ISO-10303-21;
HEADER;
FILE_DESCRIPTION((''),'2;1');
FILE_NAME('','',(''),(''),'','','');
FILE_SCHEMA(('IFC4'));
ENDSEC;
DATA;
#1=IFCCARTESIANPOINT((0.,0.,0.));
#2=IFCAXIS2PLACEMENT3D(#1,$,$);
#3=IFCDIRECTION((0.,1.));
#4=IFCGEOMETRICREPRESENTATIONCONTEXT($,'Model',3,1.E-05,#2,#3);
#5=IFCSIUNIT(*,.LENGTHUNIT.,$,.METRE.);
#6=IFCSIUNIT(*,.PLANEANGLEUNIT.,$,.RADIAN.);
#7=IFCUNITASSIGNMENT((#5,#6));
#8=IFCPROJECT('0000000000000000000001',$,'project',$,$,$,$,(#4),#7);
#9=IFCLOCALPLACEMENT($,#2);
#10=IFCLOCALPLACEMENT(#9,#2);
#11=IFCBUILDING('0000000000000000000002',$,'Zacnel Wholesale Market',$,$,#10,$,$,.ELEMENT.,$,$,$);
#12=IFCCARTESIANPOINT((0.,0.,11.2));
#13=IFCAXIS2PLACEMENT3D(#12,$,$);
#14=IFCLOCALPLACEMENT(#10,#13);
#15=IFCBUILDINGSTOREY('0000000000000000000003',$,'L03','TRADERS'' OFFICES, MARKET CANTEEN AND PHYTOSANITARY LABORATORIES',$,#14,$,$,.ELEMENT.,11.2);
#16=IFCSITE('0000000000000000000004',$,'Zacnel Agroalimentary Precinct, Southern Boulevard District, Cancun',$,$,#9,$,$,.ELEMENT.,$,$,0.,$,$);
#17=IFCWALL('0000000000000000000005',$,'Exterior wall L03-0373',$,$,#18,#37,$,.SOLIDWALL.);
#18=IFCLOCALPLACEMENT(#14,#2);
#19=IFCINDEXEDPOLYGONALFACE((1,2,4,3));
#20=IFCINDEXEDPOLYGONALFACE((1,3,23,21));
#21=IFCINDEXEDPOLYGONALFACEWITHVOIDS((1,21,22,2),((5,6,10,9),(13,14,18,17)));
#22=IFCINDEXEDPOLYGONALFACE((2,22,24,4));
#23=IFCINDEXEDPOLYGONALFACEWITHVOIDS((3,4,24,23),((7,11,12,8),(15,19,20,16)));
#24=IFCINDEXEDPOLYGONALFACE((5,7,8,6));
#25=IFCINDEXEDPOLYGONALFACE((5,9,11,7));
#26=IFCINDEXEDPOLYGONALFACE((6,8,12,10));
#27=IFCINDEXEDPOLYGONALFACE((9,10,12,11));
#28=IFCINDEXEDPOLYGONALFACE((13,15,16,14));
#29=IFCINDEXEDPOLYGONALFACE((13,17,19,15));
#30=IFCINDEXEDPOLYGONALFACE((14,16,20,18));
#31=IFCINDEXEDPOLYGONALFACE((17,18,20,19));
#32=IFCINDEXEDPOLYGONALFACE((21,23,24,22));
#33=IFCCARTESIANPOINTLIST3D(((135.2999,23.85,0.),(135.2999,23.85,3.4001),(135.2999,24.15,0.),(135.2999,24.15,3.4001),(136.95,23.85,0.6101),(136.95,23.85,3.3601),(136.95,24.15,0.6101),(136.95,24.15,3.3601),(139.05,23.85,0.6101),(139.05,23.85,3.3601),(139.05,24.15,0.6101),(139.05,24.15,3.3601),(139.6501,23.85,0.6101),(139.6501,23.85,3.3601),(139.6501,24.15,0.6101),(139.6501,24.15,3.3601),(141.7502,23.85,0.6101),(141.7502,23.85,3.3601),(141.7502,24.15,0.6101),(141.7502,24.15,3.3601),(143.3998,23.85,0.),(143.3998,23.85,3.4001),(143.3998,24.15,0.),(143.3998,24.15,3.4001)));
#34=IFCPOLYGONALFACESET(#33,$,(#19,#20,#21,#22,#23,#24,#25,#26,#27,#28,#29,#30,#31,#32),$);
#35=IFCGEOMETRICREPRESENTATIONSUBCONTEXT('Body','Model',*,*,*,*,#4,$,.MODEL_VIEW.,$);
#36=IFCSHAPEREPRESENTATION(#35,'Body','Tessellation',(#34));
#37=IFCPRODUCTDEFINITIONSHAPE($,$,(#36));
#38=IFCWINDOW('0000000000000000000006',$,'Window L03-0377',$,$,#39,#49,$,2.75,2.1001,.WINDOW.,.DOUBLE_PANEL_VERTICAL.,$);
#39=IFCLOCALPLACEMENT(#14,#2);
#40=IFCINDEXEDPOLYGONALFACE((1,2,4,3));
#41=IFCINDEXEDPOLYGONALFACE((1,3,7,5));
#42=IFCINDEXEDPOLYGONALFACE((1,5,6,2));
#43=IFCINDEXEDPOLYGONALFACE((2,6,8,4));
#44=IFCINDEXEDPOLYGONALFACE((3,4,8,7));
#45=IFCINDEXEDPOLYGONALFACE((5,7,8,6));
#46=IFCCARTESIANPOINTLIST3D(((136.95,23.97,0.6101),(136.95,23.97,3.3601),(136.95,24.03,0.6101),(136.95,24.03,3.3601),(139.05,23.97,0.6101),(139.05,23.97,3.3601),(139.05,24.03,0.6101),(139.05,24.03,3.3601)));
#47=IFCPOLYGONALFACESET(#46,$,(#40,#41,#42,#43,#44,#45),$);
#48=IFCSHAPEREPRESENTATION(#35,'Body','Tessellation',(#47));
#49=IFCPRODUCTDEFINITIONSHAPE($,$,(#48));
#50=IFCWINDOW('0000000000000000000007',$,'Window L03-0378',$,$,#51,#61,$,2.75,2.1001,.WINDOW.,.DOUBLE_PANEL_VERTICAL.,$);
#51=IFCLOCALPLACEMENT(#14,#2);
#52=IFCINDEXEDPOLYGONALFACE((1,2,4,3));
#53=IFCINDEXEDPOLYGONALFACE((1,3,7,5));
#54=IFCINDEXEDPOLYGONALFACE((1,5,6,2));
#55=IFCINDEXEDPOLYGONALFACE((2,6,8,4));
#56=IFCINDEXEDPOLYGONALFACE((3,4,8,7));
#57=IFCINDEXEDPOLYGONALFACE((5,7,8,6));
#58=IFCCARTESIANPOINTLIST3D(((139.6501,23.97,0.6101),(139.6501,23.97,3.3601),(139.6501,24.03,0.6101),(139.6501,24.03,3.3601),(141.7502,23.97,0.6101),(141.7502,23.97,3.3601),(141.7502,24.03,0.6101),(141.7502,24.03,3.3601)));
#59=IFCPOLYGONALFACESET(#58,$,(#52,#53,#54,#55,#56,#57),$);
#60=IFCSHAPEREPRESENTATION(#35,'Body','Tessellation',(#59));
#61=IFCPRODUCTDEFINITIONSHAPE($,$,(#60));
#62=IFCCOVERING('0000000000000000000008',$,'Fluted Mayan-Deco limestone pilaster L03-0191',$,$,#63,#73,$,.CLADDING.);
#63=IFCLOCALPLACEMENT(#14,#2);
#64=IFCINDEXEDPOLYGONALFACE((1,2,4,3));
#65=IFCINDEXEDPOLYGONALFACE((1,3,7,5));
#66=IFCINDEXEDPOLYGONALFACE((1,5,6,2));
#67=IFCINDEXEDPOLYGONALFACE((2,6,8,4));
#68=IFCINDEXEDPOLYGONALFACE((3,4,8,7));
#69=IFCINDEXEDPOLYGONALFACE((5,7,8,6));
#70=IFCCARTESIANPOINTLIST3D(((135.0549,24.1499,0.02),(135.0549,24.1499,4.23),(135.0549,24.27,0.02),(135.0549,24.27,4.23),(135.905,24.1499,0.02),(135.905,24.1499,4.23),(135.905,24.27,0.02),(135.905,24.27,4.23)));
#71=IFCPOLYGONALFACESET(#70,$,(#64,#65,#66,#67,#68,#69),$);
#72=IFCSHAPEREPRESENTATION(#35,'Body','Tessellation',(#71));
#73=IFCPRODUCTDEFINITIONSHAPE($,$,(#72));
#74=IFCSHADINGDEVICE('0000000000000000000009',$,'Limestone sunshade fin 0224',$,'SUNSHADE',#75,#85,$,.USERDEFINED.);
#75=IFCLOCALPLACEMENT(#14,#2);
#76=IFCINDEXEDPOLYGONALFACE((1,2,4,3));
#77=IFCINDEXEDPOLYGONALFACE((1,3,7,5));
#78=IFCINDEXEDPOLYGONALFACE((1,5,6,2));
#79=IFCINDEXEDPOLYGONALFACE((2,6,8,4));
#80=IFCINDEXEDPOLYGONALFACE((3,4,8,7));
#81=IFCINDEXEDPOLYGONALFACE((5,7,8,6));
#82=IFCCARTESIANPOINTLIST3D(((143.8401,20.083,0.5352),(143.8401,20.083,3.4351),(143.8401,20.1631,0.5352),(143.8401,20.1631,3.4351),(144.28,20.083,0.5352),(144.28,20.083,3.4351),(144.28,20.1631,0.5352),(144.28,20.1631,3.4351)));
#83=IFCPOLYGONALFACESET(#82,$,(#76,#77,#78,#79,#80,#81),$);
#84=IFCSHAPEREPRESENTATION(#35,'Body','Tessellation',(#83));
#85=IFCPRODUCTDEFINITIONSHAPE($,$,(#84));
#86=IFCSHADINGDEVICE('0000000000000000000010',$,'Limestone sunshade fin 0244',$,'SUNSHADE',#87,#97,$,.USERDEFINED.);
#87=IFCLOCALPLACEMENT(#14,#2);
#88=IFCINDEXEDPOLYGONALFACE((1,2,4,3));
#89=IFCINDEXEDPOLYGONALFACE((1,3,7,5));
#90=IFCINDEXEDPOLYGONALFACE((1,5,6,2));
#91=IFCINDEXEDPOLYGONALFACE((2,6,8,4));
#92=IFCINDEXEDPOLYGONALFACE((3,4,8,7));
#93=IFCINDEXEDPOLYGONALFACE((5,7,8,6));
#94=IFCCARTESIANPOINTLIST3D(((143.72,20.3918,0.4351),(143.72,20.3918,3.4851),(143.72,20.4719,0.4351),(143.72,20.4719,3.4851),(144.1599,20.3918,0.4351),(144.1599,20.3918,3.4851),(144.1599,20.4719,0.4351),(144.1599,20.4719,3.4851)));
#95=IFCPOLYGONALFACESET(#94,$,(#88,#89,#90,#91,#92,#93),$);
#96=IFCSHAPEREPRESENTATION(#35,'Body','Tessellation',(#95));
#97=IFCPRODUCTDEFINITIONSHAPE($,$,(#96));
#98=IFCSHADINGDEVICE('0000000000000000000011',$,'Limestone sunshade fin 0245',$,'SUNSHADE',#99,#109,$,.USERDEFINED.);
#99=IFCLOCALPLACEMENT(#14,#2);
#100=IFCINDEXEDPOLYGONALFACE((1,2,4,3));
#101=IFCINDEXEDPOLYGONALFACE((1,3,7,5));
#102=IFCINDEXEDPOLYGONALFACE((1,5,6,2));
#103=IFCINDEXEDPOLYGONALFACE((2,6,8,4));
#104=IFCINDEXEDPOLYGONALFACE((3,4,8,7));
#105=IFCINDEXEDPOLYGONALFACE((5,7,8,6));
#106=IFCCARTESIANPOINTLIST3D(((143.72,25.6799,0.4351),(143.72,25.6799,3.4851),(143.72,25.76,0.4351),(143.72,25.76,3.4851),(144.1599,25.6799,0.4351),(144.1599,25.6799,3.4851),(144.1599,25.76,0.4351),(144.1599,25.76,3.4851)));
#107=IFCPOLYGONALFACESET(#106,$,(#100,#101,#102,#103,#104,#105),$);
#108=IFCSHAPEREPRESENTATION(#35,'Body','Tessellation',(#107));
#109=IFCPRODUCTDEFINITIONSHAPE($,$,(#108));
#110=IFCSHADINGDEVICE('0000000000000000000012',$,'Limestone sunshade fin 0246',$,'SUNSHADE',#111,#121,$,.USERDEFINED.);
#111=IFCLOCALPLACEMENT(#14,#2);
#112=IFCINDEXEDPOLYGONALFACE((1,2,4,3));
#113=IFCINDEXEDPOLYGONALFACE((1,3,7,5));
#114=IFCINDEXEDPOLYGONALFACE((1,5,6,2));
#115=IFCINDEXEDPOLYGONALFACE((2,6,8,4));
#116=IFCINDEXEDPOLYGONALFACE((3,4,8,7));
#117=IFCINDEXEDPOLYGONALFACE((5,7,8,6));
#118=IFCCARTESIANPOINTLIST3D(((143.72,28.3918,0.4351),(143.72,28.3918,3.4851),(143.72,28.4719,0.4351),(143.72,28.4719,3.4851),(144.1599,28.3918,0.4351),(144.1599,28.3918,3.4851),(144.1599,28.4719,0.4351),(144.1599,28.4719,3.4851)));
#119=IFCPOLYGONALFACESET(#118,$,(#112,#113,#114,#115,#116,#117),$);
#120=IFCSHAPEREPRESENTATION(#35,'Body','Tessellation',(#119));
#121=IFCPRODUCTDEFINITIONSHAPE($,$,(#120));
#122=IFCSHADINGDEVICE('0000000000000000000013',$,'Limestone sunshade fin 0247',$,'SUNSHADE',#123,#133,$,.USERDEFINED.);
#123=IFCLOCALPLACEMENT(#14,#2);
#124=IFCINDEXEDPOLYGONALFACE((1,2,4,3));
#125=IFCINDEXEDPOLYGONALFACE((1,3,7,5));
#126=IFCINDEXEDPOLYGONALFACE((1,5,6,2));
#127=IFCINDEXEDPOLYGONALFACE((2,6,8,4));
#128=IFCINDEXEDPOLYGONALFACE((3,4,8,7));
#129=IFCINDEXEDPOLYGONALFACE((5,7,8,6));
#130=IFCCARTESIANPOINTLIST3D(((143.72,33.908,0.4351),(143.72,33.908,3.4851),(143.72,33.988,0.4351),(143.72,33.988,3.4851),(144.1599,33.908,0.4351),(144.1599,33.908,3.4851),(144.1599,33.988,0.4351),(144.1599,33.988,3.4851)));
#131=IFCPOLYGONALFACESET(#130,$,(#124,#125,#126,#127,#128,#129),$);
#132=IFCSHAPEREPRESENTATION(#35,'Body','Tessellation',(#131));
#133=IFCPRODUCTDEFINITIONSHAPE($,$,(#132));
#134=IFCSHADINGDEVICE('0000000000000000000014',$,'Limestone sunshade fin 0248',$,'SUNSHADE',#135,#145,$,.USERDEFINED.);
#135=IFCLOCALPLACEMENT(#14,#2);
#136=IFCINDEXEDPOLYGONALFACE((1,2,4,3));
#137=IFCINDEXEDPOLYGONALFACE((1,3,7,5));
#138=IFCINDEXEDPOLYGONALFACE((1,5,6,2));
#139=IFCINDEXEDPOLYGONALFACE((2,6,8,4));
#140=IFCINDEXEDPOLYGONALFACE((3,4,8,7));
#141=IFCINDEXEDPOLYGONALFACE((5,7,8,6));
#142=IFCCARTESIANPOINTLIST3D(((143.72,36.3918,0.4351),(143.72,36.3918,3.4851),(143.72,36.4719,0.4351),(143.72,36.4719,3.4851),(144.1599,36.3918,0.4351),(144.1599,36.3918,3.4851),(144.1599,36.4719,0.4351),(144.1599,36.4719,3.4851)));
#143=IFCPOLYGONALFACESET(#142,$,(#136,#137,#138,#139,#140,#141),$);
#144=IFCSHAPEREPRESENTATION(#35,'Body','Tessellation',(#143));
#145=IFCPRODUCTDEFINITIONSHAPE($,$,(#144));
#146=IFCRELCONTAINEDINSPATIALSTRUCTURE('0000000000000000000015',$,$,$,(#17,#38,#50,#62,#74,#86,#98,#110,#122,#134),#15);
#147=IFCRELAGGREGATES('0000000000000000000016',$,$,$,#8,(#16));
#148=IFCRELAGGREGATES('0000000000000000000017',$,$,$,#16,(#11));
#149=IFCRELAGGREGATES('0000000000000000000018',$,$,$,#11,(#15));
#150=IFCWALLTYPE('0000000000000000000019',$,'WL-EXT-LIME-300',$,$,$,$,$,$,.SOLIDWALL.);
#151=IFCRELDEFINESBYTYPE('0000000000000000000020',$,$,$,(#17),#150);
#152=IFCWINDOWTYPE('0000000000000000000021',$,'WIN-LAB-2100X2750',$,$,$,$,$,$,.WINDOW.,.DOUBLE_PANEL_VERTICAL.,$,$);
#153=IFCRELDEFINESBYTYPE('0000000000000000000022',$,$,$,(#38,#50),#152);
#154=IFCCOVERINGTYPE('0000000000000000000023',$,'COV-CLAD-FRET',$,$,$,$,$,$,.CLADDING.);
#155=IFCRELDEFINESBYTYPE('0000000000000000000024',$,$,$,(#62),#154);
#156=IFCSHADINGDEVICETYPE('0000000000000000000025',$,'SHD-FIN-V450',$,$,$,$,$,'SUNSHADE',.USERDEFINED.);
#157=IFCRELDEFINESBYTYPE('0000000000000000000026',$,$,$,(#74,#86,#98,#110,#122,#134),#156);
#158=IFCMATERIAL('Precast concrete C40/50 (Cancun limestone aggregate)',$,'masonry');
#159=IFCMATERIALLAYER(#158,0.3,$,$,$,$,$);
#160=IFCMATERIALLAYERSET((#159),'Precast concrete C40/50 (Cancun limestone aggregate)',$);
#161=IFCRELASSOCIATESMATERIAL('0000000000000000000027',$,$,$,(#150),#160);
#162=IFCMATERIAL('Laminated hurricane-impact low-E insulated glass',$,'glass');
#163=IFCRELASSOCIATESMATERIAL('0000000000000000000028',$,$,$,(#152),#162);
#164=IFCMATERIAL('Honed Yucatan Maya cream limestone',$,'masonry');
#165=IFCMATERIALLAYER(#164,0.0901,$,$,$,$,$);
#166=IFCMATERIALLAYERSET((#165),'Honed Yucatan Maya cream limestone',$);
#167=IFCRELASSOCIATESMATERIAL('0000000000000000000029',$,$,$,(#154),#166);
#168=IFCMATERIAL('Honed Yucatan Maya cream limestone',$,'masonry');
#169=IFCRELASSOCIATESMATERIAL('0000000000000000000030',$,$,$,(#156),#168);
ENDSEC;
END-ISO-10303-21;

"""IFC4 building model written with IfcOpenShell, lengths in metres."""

from ifc_helpers import new_model, si_unit, direction, frame, frame_2d, origin, origin_2d, place, context, subcontext, project, spatial, rectangle, extrude, material, layer, layer_set, type_object, element, fill, save


model = new_model("IFC4")

# Units and contexts
model_context = context("Model", 3, precision=1e-05, world=origin(), true_north=direction((0.0, 1.0)))
body_context = subcontext(model_context, "Body", "Model", "MODEL_VIEW")
ifc_project = project(units=[si_unit("LENGTHUNIT", "METRE"), si_unit("PLANEANGLEUNIT", "RADIAN")], contexts=[model_context])

# Site, building, storey
site_placement = place(None, origin())
site = spatial("IfcSite", under=ifc_project, at=site_placement, Name="Zacnel Agroalimentary Precinct, Southern Boulevard District, Cancun", CompositionType="ELEMENT", RefElevation=0.0)
building_placement = place(site_placement, origin())
building = spatial("IfcBuilding", under=site, at=building_placement, Name="Zacnel Wholesale Market", CompositionType="ELEMENT")
storey_placement = place(building_placement, frame((0.0, 0.0, 11.2)))
storey = spatial("IfcBuildingStorey", under=building, at=storey_placement, Name="L03", Description="TRADERS' OFFICES, MARKET CANTEEN AND PHYTOSANITARY LABORATORIES", CompositionType="ELEMENT", Elevation=11.2)

# Wall, openings, windows
ifc_material_1 = material(Name="Precast concrete C40/50 (Cancun limestone aggregate)", Category="masonry")
ifc_layer_1 = layer(ifc_material_1, 0.3)
ifc_layer_set_1 = layer_set([ifc_layer_1], Name="Precast concrete C40/50 (Cancun limestone aggregate)")
wall_type_1 = type_object("IfcWallType", Name="WL-EXT-LIME-300", PredefinedType="SOLIDWALL", material=ifc_layer_set_1)
wall_1_placement = place(storey_placement, frame((135.3, 24.0, 0.0), z_axis=(0.0, 0.0, 1.0), x_axis=(1.0, 0.0, 0.0)))
wall_1 = element("IfcWall", 1, at=wall_1_placement, inside=storey, type_object=wall_type_1, Name="Exterior wall L03-0373", PredefinedType="SOLIDWALL", context=body_context, shape_type="SweptSolid", body=[
    extrude(rectangle(XDim=8.0999, YDim=0.3, at=frame_2d((4.0498, 0.0))), origin(), (0.0, 0.0, 1.0), 3.4001),
])
opening_1_placement = place(wall_1_placement, frame((1.6499, 0.0, 0.6101)))
opening_1 = element("IfcOpeningElement", 2, at=opening_1_placement, cuts=wall_1, PredefinedType="OPENING", context=body_context, shape_type="SweptSolid", body=[
    extrude(rectangle(XDim=2.1001, YDim=2.75, at=frame_2d((1.05, 1.375))), frame((0.0, 0.1599, 0.0), z_axis=(0.0, -1.0, 0.0), x_axis=(1.0, 0.0, 0.0)), (0.0, 0.0, 1.0), 0.3201),
])
opening_2_placement = place(wall_1_placement, frame((4.3501, 0.0, 0.6101)))
opening_2 = element("IfcOpeningElement", 3, at=opening_2_placement, cuts=wall_1, PredefinedType="OPENING", context=body_context, shape_type="SweptSolid", body=[
    extrude(rectangle(XDim=2.1001, YDim=2.75, at=frame_2d((1.05, 1.375))), frame((0.0, 0.1599, 0.0), z_axis=(0.0, -1.0, 0.0), x_axis=(1.0, 0.0, 0.0)), (0.0, 0.0, 1.0), 0.3201),
])
ifc_material_2 = material(Name="Laminated hurricane-impact low-E insulated glass", Category="glass")
window_type = type_object("IfcWindowType", Name="WIN-LAB-2100X2750", PartitioningType="DOUBLE_PANEL_VERTICAL", PredefinedType="WINDOW", material=ifc_material_2)
window_1_placement = place(opening_1_placement, origin())
window_1 = element("IfcWindow", 4, at=window_1_placement, inside=storey, type_object=window_type, Name="Window L03-0377", OverallHeight=2.75, OverallWidth=2.1001, PartitioningType="DOUBLE_PANEL_VERTICAL", PredefinedType="WINDOW", context=body_context, shape_type="SweptSolid", body=[
    extrude(rectangle(XDim=2.1001, YDim=2.75, at=frame_2d((1.05, 1.375))), frame((0.0, 0.03, 0.0), z_axis=(0.0, -1.0, 0.0), x_axis=(1.0, 0.0, 0.0)), (0.0, 0.0, 1.0), 0.0601),
])
fill(opening_1, window_1)
window_2_placement = place(opening_2_placement, origin())
window_2 = element("IfcWindow", 5, at=window_2_placement, inside=storey, type_object=window_type, Name="Window L03-0378", OverallHeight=2.75, OverallWidth=2.1001, PartitioningType="DOUBLE_PANEL_VERTICAL", PredefinedType="WINDOW", context=body_context, shape_type="SweptSolid", body=[
    extrude(rectangle(XDim=2.1001, YDim=2.75, at=frame_2d((1.05, 1.375))), frame((0.0, 0.03, 0.0), z_axis=(0.0, -1.0, 0.0), x_axis=(1.0, 0.0, 0.0)), (0.0, 0.0, 1.0), 0.0601),
])
fill(opening_2, window_2)

# Covering
ifc_material_3 = material(Name="Honed Yucatan Maya cream limestone", Category="masonry")
ifc_layer_2 = layer(ifc_material_3, 0.0901)
ifc_layer_set_2 = layer_set([ifc_layer_2], Name="Honed Yucatan Maya cream limestone")
covering_type = type_object("IfcCoveringType", Name="COV-CLAD-FRET", PredefinedType="CLADDING", material=ifc_layer_set_2)
covering_placement = place(storey_placement, frame((135.48, 24.21, 0.02), z_axis=(0.0, 0.0, 1.0), x_axis=(1.0, 0.0, 0.0)))
element("IfcCovering", 6, at=covering_placement, inside=storey, type_object=covering_type, Name="Fluted Mayan-Deco limestone pilaster L03-0191", PredefinedType="CLADDING", context=body_context, shape_type="SweptSolid", body=[
    extrude(rectangle(XDim=0.8501, YDim=0.1201, at=origin_2d()), origin(), (0.0, 0.0, 1.0), 4.21),
])

# Shading devices
ifc_material_4 = material(Name="Honed Yucatan Maya cream limestone", Category="masonry")
shading_device_type = type_object("IfcShadingDeviceType", Name="SHD-FIN-V450", ElementType="SUNSHADE", PredefinedType="USERDEFINED", material=ifc_material_4)
shading_device_placement = place(storey_placement, frame((144.0601, 20.123, 0.5352), z_axis=(0.0, 0.0, 1.0), x_axis=(0.0, 1.0, 0.0)))
element("IfcShadingDevice", 7, at=shading_device_placement, inside=storey, type_object=shading_device_type, Name="Limestone sunshade fin 0224", ObjectType="SUNSHADE", PredefinedType="USERDEFINED", context=body_context, shape_type="SweptSolid", body=[
    extrude(rectangle(XDim=0.0801, YDim=0.4399, at=origin_2d()), origin(), (0.0, 0.0, 1.0), 2.8999),
])
for number, where, z_axis, x_axis, name in (
    (8, (143.9399, 20.4319, 0.4351), (0.0, 0.0, 1.0), (0.0, 1.0, 0.0), "Limestone sunshade fin 0244"),
    (9, (143.9399, 25.72, 0.4351), (0.0, 0.0, 1.0), (0.0, 1.0, 0.0), "Limestone sunshade fin 0245"),
    (10, (143.9399, 28.4319, 0.4351), (0.0, 0.0, 1.0), (0.0, 1.0, 0.0), "Limestone sunshade fin 0246"),
    (11, (143.9399, 33.948, 0.4351), (0.0, 0.0, 1.0), (0.0, 1.0, 0.0), "Limestone sunshade fin 0247"),
    (12, (143.9399, 36.4319, 0.4351), (0.0, 0.0, 1.0), (0.0, 1.0, 0.0), "Limestone sunshade fin 0248"),
):
    element("IfcShadingDevice", number, at=place(storey_placement, frame(where, z_axis=z_axis, x_axis=x_axis)), inside=storey, type_object=shading_device_type, Name=name, ObjectType="SUNSHADE", PredefinedType="USERDEFINED", context=body_context, shape_type="SweptSolid", body=[
        extrude(rectangle(XDim=0.0801, YDim=0.4399, at=origin_2d()), origin(), (0.0, 0.0, 1.0), 3.05),
    ])

save(model, "model.ifc")
